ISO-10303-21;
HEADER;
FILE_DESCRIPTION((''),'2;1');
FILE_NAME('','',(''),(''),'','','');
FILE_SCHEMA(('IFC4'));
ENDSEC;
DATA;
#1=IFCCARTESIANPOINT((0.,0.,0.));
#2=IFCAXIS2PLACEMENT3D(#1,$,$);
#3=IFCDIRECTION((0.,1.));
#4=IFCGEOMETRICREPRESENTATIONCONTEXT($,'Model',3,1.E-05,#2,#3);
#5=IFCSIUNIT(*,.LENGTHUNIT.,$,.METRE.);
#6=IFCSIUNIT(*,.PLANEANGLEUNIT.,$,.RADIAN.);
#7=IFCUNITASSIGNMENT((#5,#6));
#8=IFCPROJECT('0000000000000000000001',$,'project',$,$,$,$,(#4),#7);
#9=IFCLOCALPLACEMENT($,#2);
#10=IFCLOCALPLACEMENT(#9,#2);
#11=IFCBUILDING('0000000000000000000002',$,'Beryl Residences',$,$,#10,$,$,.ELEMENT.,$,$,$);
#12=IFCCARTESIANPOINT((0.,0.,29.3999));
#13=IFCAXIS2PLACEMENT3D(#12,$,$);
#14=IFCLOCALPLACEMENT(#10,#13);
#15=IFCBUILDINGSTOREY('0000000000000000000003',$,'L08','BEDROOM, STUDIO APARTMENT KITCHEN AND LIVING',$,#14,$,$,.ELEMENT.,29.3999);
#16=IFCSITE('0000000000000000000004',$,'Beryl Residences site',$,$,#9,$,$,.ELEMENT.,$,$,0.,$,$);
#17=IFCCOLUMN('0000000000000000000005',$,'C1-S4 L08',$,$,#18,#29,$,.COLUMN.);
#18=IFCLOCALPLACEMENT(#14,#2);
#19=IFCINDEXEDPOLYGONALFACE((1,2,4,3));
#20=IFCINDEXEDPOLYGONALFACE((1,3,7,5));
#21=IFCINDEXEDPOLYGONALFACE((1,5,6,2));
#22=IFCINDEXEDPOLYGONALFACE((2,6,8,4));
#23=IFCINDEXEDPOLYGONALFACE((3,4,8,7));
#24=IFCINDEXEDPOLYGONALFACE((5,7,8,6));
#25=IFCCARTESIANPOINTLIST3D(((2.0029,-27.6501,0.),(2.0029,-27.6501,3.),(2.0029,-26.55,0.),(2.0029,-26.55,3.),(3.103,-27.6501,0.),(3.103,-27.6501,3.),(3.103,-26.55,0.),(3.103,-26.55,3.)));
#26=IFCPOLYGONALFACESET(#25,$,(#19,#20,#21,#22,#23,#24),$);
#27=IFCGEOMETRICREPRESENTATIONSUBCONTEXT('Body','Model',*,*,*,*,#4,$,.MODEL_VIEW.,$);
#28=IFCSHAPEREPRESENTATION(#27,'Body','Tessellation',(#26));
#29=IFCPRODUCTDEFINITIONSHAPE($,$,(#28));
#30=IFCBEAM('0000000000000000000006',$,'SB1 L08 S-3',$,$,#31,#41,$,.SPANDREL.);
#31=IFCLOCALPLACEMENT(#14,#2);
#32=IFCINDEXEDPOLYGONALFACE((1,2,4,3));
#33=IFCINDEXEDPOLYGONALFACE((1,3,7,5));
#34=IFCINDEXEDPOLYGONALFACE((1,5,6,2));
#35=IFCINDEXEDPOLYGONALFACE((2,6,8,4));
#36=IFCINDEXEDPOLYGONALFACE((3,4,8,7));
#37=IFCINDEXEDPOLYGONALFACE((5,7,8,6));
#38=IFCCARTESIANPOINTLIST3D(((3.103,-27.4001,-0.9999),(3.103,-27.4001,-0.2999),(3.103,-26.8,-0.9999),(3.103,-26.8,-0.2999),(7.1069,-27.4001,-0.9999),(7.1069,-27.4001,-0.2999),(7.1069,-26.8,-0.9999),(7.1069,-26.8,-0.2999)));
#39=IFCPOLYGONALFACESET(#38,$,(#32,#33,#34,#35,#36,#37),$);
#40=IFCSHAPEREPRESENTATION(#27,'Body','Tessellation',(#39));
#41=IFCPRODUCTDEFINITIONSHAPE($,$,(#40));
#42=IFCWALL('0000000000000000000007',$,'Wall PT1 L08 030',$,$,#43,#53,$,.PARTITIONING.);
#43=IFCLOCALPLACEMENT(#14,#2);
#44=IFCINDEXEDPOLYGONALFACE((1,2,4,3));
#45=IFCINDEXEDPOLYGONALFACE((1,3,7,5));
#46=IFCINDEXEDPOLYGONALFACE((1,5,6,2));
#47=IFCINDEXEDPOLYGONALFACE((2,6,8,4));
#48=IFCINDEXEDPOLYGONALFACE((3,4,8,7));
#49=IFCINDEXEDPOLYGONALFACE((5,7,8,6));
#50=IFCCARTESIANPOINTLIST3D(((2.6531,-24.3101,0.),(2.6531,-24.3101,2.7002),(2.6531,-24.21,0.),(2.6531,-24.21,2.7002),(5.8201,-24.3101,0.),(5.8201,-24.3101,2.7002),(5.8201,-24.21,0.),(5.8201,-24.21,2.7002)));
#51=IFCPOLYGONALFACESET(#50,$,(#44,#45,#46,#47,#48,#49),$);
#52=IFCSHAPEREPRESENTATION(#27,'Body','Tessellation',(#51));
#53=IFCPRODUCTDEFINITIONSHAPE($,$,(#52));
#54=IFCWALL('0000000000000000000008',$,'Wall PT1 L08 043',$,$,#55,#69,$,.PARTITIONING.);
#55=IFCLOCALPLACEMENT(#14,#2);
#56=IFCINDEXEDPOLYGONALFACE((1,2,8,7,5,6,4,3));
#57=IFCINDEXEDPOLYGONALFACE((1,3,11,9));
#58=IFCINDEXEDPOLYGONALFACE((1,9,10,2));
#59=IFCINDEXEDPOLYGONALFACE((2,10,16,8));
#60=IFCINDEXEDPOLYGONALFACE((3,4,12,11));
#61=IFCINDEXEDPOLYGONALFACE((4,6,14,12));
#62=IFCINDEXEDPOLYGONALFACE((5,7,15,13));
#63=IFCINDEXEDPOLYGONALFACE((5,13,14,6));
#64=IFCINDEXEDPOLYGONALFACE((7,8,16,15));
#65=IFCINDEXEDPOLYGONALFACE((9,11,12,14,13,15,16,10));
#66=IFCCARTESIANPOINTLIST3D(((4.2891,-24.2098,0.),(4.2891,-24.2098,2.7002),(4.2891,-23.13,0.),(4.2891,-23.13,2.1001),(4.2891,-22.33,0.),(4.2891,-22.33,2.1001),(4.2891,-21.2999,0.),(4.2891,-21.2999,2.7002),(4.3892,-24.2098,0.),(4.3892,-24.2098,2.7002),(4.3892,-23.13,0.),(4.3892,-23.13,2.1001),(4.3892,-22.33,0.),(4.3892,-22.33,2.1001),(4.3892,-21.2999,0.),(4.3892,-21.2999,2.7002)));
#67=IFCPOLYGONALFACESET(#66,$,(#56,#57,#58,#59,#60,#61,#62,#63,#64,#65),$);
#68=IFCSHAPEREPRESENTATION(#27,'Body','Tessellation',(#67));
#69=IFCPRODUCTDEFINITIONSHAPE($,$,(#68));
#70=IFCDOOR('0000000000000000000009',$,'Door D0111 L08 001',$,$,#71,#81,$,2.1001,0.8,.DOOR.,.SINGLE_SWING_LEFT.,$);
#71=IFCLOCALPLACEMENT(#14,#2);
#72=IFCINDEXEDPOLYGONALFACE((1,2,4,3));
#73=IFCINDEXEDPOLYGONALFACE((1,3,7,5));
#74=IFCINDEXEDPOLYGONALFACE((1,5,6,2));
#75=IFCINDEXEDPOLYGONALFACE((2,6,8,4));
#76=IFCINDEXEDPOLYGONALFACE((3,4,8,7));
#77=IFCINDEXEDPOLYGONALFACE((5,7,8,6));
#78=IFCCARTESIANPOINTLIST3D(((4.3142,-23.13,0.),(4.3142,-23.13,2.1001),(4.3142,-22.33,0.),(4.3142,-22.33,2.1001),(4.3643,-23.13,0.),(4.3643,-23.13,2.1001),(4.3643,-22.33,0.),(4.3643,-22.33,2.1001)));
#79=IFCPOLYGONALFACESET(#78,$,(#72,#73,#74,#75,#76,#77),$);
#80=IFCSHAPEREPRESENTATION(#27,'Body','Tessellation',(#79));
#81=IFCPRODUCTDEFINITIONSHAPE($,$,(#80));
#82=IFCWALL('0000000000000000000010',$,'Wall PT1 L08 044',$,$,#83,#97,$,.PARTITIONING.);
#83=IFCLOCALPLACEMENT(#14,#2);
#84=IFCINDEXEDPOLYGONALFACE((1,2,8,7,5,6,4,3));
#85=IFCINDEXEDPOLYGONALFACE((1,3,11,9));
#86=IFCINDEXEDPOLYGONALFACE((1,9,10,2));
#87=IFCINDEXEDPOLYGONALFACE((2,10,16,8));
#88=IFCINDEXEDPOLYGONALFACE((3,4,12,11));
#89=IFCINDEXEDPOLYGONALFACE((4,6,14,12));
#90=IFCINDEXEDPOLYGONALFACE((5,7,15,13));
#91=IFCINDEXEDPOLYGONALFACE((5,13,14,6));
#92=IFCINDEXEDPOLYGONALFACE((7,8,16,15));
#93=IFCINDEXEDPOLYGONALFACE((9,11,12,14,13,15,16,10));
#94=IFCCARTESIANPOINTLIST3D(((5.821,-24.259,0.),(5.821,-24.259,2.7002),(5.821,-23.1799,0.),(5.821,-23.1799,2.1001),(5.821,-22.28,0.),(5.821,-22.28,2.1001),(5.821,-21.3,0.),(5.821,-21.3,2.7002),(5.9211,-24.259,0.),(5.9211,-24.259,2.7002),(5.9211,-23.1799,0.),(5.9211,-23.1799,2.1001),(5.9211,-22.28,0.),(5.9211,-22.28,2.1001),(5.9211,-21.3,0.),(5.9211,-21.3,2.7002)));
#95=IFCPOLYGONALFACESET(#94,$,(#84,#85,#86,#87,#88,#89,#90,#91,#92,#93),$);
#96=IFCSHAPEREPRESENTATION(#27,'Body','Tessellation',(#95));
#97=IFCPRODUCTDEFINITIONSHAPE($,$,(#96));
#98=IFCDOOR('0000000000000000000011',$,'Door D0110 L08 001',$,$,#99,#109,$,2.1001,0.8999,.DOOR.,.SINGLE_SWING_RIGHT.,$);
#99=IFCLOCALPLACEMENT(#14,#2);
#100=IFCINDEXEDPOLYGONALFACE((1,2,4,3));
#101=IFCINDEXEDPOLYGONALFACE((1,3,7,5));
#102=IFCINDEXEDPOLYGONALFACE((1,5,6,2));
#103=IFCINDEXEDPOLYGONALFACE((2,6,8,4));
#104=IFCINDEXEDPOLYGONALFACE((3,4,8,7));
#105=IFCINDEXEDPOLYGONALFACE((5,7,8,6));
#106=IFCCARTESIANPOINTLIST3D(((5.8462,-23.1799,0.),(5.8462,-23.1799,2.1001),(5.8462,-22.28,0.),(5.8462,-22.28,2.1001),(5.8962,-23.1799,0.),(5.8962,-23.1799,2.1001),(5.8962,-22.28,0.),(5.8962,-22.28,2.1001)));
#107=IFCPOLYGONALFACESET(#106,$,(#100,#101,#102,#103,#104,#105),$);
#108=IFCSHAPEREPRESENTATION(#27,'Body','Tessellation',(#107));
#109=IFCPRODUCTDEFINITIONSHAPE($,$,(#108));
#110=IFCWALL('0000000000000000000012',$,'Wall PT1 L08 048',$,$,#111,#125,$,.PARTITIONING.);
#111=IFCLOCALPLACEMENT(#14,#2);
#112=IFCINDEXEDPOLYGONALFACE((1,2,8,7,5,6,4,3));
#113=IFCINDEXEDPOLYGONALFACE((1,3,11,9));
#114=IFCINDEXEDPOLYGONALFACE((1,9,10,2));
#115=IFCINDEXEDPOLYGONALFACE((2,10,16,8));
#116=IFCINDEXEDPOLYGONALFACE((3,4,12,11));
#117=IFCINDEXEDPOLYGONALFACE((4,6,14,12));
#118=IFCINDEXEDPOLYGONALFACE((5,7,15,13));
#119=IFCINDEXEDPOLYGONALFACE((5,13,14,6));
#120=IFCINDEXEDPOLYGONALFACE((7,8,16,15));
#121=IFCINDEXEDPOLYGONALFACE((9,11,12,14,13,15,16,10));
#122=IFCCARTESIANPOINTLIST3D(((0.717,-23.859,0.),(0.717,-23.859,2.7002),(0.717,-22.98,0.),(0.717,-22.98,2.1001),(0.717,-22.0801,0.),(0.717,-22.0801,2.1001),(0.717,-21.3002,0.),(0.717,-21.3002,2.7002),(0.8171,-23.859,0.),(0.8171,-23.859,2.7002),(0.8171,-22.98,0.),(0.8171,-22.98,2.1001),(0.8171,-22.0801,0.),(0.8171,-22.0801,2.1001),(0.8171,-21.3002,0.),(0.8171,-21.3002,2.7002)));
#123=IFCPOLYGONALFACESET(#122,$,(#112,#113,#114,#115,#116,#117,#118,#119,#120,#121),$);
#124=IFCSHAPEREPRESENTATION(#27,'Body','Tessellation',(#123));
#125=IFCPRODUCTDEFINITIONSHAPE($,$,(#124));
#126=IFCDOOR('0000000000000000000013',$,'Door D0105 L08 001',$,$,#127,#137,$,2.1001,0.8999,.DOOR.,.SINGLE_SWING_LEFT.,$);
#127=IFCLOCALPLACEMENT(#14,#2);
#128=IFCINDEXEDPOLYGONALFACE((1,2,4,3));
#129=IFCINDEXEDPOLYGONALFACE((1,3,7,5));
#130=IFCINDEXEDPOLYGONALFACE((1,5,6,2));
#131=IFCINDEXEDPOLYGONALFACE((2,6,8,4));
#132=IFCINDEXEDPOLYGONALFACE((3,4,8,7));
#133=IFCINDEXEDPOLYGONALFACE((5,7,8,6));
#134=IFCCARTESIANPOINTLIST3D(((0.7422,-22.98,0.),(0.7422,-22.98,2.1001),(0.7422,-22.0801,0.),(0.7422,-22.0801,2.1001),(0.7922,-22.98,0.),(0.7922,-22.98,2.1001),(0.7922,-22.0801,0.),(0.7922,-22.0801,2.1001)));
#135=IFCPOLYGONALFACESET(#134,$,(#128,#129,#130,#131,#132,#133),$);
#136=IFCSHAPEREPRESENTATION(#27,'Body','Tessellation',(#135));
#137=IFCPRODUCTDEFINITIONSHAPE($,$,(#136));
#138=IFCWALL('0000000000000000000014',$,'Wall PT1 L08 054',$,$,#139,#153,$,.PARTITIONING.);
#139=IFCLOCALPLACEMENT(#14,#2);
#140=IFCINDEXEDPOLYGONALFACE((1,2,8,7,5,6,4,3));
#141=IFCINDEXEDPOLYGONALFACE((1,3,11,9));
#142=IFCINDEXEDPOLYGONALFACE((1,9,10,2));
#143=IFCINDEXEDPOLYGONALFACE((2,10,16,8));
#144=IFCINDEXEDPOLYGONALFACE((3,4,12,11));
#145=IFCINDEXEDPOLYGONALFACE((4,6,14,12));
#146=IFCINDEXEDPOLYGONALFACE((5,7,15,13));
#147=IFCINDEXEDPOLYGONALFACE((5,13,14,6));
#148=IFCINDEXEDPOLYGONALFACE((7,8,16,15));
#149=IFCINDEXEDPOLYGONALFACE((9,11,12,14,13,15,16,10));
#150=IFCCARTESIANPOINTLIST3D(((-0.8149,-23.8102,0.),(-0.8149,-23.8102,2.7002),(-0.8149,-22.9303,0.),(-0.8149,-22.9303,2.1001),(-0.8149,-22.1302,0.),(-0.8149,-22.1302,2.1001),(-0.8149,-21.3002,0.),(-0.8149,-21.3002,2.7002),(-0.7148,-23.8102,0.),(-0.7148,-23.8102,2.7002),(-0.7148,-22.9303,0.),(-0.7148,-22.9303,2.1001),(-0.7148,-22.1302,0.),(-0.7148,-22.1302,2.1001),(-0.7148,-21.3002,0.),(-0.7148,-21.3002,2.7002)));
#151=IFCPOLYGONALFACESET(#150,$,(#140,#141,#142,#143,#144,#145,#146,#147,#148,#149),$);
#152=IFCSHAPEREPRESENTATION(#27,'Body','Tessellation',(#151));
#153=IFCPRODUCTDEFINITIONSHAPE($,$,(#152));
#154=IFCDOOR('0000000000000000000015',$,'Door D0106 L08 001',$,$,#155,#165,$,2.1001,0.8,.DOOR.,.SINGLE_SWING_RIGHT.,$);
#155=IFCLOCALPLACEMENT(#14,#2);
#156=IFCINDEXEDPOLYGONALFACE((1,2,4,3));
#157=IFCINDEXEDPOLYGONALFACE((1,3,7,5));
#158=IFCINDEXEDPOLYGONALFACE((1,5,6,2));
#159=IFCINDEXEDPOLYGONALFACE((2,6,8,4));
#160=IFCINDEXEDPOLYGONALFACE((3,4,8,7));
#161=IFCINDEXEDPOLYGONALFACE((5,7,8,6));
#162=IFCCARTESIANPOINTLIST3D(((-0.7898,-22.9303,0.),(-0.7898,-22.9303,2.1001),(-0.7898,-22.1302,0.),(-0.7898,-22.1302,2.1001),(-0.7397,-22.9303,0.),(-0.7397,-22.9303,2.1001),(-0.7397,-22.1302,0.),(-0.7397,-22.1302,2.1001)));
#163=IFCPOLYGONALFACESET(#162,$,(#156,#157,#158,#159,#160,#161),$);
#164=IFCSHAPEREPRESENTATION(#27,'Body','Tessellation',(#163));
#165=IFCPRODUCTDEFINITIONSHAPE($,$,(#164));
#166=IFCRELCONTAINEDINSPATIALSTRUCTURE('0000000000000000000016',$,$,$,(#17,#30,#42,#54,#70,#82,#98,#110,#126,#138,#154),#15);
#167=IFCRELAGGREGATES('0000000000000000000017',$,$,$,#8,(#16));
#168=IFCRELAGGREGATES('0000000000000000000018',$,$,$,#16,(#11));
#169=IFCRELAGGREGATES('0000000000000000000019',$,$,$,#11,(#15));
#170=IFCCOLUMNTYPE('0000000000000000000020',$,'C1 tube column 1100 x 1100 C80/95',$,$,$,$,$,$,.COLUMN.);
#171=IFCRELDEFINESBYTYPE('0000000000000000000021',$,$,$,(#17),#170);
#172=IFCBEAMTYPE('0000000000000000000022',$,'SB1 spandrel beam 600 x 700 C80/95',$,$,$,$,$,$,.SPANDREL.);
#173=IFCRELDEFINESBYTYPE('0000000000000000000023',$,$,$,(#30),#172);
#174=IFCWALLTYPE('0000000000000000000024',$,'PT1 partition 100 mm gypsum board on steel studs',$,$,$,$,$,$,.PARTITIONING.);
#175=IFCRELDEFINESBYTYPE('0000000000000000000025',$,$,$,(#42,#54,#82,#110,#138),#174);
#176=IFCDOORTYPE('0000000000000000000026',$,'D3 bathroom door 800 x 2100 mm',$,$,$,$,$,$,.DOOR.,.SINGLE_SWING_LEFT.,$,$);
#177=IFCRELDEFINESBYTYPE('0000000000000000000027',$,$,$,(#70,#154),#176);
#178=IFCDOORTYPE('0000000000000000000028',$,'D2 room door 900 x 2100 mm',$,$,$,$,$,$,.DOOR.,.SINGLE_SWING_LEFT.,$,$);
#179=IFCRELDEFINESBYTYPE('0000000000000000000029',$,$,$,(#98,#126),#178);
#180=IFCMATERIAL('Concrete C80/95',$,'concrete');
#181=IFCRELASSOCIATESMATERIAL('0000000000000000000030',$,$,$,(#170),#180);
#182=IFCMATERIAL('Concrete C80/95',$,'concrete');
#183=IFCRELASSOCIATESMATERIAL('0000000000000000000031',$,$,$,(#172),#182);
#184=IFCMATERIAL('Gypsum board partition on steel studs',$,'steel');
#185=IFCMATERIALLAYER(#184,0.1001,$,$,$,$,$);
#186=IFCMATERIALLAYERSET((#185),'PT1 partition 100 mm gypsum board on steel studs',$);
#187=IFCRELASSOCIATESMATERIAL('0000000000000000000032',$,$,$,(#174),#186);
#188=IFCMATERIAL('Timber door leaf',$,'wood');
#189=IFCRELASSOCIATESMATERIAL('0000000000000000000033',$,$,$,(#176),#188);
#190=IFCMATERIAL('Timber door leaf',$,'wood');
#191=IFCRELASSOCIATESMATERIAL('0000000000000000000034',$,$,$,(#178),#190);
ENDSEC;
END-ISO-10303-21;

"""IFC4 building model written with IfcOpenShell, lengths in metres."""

from ifc_helpers import new_model, si_unit, direction, frame, frame_2d, origin, origin_2d, place, context, subcontext, project, spatial, rectangle, extrude, material, layer, layer_set, material_profile, profile_set, type_object, element, fill, save


model = new_model("IFC4")

# Units and contexts
model_context = context("Model", 3, precision=1e-05, world=origin(), true_north=direction((0.0, 1.0)))
body_context = subcontext(model_context, "Body", "Model", "MODEL_VIEW")
ifc_project = project(units=[si_unit("LENGTHUNIT", "METRE"), si_unit("PLANEANGLEUNIT", "RADIAN")], contexts=[model_context])

# Site, building, storey
site_placement = place(None, origin())
site = spatial("IfcSite", under=ifc_project, at=site_placement, Name="Beryl Residences site", CompositionType="ELEMENT", RefElevation=0.0)
building_placement = place(site_placement, origin())
building = spatial("IfcBuilding", under=site, at=building_placement, Name="Beryl Residences", CompositionType="ELEMENT")
storey_placement = place(building_placement, frame((0.0, 0.0, 29.3999)))
storey = spatial("IfcBuildingStorey", under=building, at=storey_placement, Name="L08", Description="BEDROOM, STUDIO APARTMENT KITCHEN AND LIVING", CompositionType="ELEMENT", Elevation=29.3999)

# Column
ifc_material_1 = material(Name="Concrete C80/95", Category="concrete")
ifc_material_profile_1 = material_profile(ifc_material_1, rectangle(XDim=1.1001, YDim=1.1001, at=origin_2d()))
ifc_profile_set_1 = profile_set([ifc_material_profile_1], Name="Concrete C80/95")
column_type = type_object("IfcColumnType", Name="C1 tube column 1100 x 1100 C80/95", PredefinedType="COLUMN", material=ifc_profile_set_1)
column_placement = place(storey_placement, frame((2.553, -27.1001, 0.0), z_axis=(0.0, 0.0, 1.0), x_axis=(1.0, 0.0, 0.0)))
element("IfcColumn", 1, at=column_placement, inside=storey, type_object=column_type, Name="C1-S4 L08", PredefinedType="COLUMN", context=body_context, shape_type="SweptSolid", body=[
    extrude(rectangle(XDim=1.1001, YDim=1.1001, at=origin_2d()), origin(), (0.0, 0.0, 1.0), 3.0),
])

# Beam
ifc_material_2 = material(Name="Concrete C80/95", Category="concrete")
ifc_material_profile_2 = material_profile(ifc_material_2, rectangle(XDim=0.6001, YDim=0.7, at=origin_2d()))
ifc_profile_set_2 = profile_set([ifc_material_profile_2], Name="Concrete C80/95")
beam_type = type_object("IfcBeamType", Name="SB1 spandrel beam 600 x 700 C80/95", PredefinedType="SPANDREL", material=ifc_profile_set_2)
beam_placement = place(storey_placement, frame((3.103, -27.1001, -0.6499), z_axis=(1.0, 0.0, 0.0), x_axis=(0.0, 1.0, 0.0)))
element("IfcBeam", 2, at=beam_placement, inside=storey, type_object=beam_type, Name="SB1 L08 S-3", PredefinedType="SPANDREL", context=body_context, shape_type="SweptSolid", body=[
    extrude(rectangle(XDim=0.6001, YDim=0.7, at=origin_2d()), origin(), (0.0, 0.0, 1.0), 4.0039),
])

# Wall
ifc_material_3 = material(Name="Gypsum board partition on steel studs", Category="steel")
ifc_layer_1 = layer(ifc_material_3, 0.1001)
ifc_layer_set_1 = layer_set([ifc_layer_1], Name="PT1 partition 100 mm gypsum board on steel studs")
wall_type_1 = type_object("IfcWallType", Name="PT1 partition 100 mm gypsum board on steel studs", PredefinedType="PARTITIONING", material=ifc_layer_set_1)
wall_1_placement = place(storey_placement, frame((2.6531, -24.26, 0.0), z_axis=(0.0, 0.0, 1.0), x_axis=(1.0, 0.0, 0.0)))
element("IfcWall", 3, at=wall_1_placement, inside=storey, type_object=wall_type_1, Name="Wall PT1 L08 030", PredefinedType="PARTITIONING", context=body_context, shape_type="SweptSolid", body=[
    extrude(rectangle(XDim=3.167, YDim=0.1001, at=frame_2d((1.5835, 0.0))), origin(), (0.0, 0.0, 1.0), 2.7002),
])

# Walls, openings, doors
wall_2_placement = place(storey_placement, frame((4.3391, -24.21, 0.0), z_axis=(0.0, 0.0, 1.0), x_axis=(0.0, 1.0, 0.0)))
wall_2 = element("IfcWall", 4, at=wall_2_placement, inside=storey, type_object=wall_type_1, Name="Wall PT1 L08 043", PredefinedType="PARTITIONING", context=body_context, shape_type="SweptSolid", body=[
    extrude(rectangle(XDim=2.9099, YDim=0.1001, at=frame_2d((1.4551, 0.0))), origin(), (0.0, 0.0, 1.0), 2.7002),
])
opening_1_placement = place(wall_2_placement, frame((1.0801, 0.0, 0.0)))
opening_1 = element("IfcOpeningElement", 5, at=opening_1_placement, cuts=wall_2, PredefinedType="OPENING", context=body_context, shape_type="SweptSolid", body=[
    extrude(rectangle(XDim=0.8, YDim=2.1001, at=frame_2d((0.3999, 1.05))), frame((0.0, 0.0601, 0.0), z_axis=(0.0, -1.0, 0.0), x_axis=(1.0, 0.0, 0.0)), (0.0, 0.0, 1.0), 0.1201),
])
ifc_material_4 = material(Name="Timber door leaf", Category="wood")
door_type_1 = type_object("IfcDoorType", Name="D3 bathroom door 800 x 2100 mm", OperationType="SINGLE_SWING_LEFT", PredefinedType="DOOR", material=ifc_material_4)
door_1_placement = place(opening_1_placement, origin())
door_1 = element("IfcDoor", 6, at=door_1_placement, inside=storey, type_object=door_type_1, Name="Door D0111 L08 001", OperationType="SINGLE_SWING_LEFT", OverallHeight=2.1001, OverallWidth=0.8, PredefinedType="DOOR", context=body_context, shape_type="SweptSolid", body=[
    extrude(rectangle(XDim=0.8, YDim=2.1001, at=frame_2d((0.3999, 1.05))), frame((0.0, 0.0249, 0.0), z_axis=(0.0, -1.0, 0.0), x_axis=(1.0, 0.0, 0.0)), (0.0, 0.0, 1.0), 0.05),
])
fill(opening_1, door_1)
wall_3_placement = place(storey_placement, frame((5.8711, -24.259, 0.0), z_axis=(0.0, 0.0, 1.0), x_axis=(0.0, 1.0, 0.0)))
wall_3 = element("IfcWall", 7, at=wall_3_placement, inside=storey, type_object=wall_type_1, Name="Wall PT1 L08 044", PredefinedType="PARTITIONING", context=body_context, shape_type="SweptSolid", body=[
    extrude(rectangle(XDim=2.959, YDim=0.1001, at=frame_2d((1.4795, 0.0))), origin(), (0.0, 0.0, 1.0), 2.7002),
])
opening_2_placement = place(wall_3_placement, frame((1.0791, 0.0, 0.0)))
opening_2 = element("IfcOpeningElement", 8, at=opening_2_placement, cuts=wall_3, PredefinedType="OPENING", context=body_context, shape_type="SweptSolid", body=[
    extrude(rectangle(XDim=0.8999, YDim=2.1001, at=frame_2d((0.45, 1.05))), frame((0.0, 0.0601, 0.0), z_axis=(0.0, -1.0, 0.0), x_axis=(1.0, 0.0, 0.0)), (0.0, 0.0, 1.0), 0.1201),
])
ifc_material_5 = material(Name="Timber door leaf", Category="wood")
door_type_2 = type_object("IfcDoorType", Name="D2 room door 900 x 2100 mm", OperationType="SINGLE_SWING_LEFT", PredefinedType="DOOR", material=ifc_material_5)
door_2_placement = place(opening_2_placement, origin())
door_2 = element("IfcDoor", 9, at=door_2_placement, inside=storey, type_object=door_type_2, Name="Door D0110 L08 001", OperationType="SINGLE_SWING_RIGHT", OverallHeight=2.1001, OverallWidth=0.8999, PredefinedType="DOOR", context=body_context, shape_type="SweptSolid", body=[
    extrude(rectangle(XDim=0.8999, YDim=2.1001, at=frame_2d((0.45, 1.05))), frame((0.0, 0.0249, 0.0), z_axis=(0.0, -1.0, 0.0), x_axis=(1.0, 0.0, 0.0)), (0.0, 0.0, 1.0), 0.05),
])
fill(opening_2, door_2)
wall_4_placement = place(storey_placement, frame((0.7671, -23.8589, 0.0), z_axis=(0.0, 0.0, 1.0), x_axis=(0.0, 1.0, 0.0)))
wall_4 = element("IfcWall", 10, at=wall_4_placement, inside=storey, type_object=wall_type_1, Name="Wall PT1 L08 048", PredefinedType="PARTITIONING", context=body_context, shape_type="SweptSolid", body=[
    extrude(rectangle(XDim=2.5588, YDim=0.1001, at=frame_2d((1.2793, 0.0))), origin(), (0.0, 0.0, 1.0), 2.7002),
])
opening_3_placement = place(wall_4_placement, frame((0.8789, 0.0, 0.0)))
opening_3 = element("IfcOpeningElement", 11, at=opening_3_placement, cuts=wall_4, PredefinedType="OPENING", context=body_context, shape_type="SweptSolid", body=[
    extrude(rectangle(XDim=0.8999, YDim=2.1001, at=frame_2d((0.45, 1.05))), frame((0.0, 0.0601, 0.0), z_axis=(0.0, -1.0, 0.0), x_axis=(1.0, 0.0, 0.0)), (0.0, 0.0, 1.0), 0.1201),
])
door_3_placement = place(opening_3_placement, origin())
door_3 = element("IfcDoor", 12, at=door_3_placement, inside=storey, type_object=door_type_2, Name="Door D0105 L08 001", OperationType="SINGLE_SWING_LEFT", OverallHeight=2.1001, OverallWidth=0.8999, PredefinedType="DOOR", context=body_context, shape_type="SweptSolid", body=[
    extrude(rectangle(XDim=0.8999, YDim=2.1001, at=frame_2d((0.45, 1.05))), frame((0.0, 0.0249, 0.0), z_axis=(0.0, -1.0, 0.0), x_axis=(1.0, 0.0, 0.0)), (0.0, 0.0, 1.0), 0.05),
])
fill(opening_3, door_3)
wall_5_placement = place(storey_placement, frame((-0.7649, -23.8101, 0.0), z_axis=(0.0, 0.0, 1.0), x_axis=(0.0, 1.0, 0.0)))
wall_5 = element("IfcWall", 13, at=wall_5_placement, inside=storey, type_object=wall_type_1, Name="Wall PT1 L08 054", PredefinedType="PARTITIONING", context=body_context, shape_type="SweptSolid", body=[
    extrude(rectangle(XDim=2.51, YDim=0.1001, at=frame_2d((1.2549, 0.0))), origin(), (0.0, 0.0, 1.0), 2.7002),
])
opening_4_placement = place(wall_5_placement, frame((0.8799, 0.0, 0.0)))
opening_4 = element("IfcOpeningElement", 14, at=opening_4_placement, cuts=wall_5, PredefinedType="OPENING", context=body_context, shape_type="SweptSolid", body=[
    extrude(rectangle(XDim=0.8, YDim=2.1001, at=frame_2d((0.3999, 1.05))), frame((0.0, 0.0601, 0.0), z_axis=(0.0, -1.0, 0.0), x_axis=(1.0, 0.0, 0.0)), (0.0, 0.0, 1.0), 0.1201),
])
door_4_placement = place(opening_4_placement, origin())
door_4 = element("IfcDoor", 15, at=door_4_placement, inside=storey, type_object=door_type_1, Name="Door D0106 L08 001", OperationType="SINGLE_SWING_RIGHT", OverallHeight=2.1001, OverallWidth=0.8, PredefinedType="DOOR", context=body_context, shape_type="SweptSolid", body=[
    extrude(rectangle(XDim=0.8, YDim=2.1001, at=frame_2d((0.3999, 1.05))), frame((0.0, 0.0249, 0.0), z_axis=(0.0, -1.0, 0.0), x_axis=(1.0, 0.0, 0.0)), (0.0, 0.0, 1.0), 0.05),
])
fill(opening_4, door_4)

save(model, "model.ifc")
